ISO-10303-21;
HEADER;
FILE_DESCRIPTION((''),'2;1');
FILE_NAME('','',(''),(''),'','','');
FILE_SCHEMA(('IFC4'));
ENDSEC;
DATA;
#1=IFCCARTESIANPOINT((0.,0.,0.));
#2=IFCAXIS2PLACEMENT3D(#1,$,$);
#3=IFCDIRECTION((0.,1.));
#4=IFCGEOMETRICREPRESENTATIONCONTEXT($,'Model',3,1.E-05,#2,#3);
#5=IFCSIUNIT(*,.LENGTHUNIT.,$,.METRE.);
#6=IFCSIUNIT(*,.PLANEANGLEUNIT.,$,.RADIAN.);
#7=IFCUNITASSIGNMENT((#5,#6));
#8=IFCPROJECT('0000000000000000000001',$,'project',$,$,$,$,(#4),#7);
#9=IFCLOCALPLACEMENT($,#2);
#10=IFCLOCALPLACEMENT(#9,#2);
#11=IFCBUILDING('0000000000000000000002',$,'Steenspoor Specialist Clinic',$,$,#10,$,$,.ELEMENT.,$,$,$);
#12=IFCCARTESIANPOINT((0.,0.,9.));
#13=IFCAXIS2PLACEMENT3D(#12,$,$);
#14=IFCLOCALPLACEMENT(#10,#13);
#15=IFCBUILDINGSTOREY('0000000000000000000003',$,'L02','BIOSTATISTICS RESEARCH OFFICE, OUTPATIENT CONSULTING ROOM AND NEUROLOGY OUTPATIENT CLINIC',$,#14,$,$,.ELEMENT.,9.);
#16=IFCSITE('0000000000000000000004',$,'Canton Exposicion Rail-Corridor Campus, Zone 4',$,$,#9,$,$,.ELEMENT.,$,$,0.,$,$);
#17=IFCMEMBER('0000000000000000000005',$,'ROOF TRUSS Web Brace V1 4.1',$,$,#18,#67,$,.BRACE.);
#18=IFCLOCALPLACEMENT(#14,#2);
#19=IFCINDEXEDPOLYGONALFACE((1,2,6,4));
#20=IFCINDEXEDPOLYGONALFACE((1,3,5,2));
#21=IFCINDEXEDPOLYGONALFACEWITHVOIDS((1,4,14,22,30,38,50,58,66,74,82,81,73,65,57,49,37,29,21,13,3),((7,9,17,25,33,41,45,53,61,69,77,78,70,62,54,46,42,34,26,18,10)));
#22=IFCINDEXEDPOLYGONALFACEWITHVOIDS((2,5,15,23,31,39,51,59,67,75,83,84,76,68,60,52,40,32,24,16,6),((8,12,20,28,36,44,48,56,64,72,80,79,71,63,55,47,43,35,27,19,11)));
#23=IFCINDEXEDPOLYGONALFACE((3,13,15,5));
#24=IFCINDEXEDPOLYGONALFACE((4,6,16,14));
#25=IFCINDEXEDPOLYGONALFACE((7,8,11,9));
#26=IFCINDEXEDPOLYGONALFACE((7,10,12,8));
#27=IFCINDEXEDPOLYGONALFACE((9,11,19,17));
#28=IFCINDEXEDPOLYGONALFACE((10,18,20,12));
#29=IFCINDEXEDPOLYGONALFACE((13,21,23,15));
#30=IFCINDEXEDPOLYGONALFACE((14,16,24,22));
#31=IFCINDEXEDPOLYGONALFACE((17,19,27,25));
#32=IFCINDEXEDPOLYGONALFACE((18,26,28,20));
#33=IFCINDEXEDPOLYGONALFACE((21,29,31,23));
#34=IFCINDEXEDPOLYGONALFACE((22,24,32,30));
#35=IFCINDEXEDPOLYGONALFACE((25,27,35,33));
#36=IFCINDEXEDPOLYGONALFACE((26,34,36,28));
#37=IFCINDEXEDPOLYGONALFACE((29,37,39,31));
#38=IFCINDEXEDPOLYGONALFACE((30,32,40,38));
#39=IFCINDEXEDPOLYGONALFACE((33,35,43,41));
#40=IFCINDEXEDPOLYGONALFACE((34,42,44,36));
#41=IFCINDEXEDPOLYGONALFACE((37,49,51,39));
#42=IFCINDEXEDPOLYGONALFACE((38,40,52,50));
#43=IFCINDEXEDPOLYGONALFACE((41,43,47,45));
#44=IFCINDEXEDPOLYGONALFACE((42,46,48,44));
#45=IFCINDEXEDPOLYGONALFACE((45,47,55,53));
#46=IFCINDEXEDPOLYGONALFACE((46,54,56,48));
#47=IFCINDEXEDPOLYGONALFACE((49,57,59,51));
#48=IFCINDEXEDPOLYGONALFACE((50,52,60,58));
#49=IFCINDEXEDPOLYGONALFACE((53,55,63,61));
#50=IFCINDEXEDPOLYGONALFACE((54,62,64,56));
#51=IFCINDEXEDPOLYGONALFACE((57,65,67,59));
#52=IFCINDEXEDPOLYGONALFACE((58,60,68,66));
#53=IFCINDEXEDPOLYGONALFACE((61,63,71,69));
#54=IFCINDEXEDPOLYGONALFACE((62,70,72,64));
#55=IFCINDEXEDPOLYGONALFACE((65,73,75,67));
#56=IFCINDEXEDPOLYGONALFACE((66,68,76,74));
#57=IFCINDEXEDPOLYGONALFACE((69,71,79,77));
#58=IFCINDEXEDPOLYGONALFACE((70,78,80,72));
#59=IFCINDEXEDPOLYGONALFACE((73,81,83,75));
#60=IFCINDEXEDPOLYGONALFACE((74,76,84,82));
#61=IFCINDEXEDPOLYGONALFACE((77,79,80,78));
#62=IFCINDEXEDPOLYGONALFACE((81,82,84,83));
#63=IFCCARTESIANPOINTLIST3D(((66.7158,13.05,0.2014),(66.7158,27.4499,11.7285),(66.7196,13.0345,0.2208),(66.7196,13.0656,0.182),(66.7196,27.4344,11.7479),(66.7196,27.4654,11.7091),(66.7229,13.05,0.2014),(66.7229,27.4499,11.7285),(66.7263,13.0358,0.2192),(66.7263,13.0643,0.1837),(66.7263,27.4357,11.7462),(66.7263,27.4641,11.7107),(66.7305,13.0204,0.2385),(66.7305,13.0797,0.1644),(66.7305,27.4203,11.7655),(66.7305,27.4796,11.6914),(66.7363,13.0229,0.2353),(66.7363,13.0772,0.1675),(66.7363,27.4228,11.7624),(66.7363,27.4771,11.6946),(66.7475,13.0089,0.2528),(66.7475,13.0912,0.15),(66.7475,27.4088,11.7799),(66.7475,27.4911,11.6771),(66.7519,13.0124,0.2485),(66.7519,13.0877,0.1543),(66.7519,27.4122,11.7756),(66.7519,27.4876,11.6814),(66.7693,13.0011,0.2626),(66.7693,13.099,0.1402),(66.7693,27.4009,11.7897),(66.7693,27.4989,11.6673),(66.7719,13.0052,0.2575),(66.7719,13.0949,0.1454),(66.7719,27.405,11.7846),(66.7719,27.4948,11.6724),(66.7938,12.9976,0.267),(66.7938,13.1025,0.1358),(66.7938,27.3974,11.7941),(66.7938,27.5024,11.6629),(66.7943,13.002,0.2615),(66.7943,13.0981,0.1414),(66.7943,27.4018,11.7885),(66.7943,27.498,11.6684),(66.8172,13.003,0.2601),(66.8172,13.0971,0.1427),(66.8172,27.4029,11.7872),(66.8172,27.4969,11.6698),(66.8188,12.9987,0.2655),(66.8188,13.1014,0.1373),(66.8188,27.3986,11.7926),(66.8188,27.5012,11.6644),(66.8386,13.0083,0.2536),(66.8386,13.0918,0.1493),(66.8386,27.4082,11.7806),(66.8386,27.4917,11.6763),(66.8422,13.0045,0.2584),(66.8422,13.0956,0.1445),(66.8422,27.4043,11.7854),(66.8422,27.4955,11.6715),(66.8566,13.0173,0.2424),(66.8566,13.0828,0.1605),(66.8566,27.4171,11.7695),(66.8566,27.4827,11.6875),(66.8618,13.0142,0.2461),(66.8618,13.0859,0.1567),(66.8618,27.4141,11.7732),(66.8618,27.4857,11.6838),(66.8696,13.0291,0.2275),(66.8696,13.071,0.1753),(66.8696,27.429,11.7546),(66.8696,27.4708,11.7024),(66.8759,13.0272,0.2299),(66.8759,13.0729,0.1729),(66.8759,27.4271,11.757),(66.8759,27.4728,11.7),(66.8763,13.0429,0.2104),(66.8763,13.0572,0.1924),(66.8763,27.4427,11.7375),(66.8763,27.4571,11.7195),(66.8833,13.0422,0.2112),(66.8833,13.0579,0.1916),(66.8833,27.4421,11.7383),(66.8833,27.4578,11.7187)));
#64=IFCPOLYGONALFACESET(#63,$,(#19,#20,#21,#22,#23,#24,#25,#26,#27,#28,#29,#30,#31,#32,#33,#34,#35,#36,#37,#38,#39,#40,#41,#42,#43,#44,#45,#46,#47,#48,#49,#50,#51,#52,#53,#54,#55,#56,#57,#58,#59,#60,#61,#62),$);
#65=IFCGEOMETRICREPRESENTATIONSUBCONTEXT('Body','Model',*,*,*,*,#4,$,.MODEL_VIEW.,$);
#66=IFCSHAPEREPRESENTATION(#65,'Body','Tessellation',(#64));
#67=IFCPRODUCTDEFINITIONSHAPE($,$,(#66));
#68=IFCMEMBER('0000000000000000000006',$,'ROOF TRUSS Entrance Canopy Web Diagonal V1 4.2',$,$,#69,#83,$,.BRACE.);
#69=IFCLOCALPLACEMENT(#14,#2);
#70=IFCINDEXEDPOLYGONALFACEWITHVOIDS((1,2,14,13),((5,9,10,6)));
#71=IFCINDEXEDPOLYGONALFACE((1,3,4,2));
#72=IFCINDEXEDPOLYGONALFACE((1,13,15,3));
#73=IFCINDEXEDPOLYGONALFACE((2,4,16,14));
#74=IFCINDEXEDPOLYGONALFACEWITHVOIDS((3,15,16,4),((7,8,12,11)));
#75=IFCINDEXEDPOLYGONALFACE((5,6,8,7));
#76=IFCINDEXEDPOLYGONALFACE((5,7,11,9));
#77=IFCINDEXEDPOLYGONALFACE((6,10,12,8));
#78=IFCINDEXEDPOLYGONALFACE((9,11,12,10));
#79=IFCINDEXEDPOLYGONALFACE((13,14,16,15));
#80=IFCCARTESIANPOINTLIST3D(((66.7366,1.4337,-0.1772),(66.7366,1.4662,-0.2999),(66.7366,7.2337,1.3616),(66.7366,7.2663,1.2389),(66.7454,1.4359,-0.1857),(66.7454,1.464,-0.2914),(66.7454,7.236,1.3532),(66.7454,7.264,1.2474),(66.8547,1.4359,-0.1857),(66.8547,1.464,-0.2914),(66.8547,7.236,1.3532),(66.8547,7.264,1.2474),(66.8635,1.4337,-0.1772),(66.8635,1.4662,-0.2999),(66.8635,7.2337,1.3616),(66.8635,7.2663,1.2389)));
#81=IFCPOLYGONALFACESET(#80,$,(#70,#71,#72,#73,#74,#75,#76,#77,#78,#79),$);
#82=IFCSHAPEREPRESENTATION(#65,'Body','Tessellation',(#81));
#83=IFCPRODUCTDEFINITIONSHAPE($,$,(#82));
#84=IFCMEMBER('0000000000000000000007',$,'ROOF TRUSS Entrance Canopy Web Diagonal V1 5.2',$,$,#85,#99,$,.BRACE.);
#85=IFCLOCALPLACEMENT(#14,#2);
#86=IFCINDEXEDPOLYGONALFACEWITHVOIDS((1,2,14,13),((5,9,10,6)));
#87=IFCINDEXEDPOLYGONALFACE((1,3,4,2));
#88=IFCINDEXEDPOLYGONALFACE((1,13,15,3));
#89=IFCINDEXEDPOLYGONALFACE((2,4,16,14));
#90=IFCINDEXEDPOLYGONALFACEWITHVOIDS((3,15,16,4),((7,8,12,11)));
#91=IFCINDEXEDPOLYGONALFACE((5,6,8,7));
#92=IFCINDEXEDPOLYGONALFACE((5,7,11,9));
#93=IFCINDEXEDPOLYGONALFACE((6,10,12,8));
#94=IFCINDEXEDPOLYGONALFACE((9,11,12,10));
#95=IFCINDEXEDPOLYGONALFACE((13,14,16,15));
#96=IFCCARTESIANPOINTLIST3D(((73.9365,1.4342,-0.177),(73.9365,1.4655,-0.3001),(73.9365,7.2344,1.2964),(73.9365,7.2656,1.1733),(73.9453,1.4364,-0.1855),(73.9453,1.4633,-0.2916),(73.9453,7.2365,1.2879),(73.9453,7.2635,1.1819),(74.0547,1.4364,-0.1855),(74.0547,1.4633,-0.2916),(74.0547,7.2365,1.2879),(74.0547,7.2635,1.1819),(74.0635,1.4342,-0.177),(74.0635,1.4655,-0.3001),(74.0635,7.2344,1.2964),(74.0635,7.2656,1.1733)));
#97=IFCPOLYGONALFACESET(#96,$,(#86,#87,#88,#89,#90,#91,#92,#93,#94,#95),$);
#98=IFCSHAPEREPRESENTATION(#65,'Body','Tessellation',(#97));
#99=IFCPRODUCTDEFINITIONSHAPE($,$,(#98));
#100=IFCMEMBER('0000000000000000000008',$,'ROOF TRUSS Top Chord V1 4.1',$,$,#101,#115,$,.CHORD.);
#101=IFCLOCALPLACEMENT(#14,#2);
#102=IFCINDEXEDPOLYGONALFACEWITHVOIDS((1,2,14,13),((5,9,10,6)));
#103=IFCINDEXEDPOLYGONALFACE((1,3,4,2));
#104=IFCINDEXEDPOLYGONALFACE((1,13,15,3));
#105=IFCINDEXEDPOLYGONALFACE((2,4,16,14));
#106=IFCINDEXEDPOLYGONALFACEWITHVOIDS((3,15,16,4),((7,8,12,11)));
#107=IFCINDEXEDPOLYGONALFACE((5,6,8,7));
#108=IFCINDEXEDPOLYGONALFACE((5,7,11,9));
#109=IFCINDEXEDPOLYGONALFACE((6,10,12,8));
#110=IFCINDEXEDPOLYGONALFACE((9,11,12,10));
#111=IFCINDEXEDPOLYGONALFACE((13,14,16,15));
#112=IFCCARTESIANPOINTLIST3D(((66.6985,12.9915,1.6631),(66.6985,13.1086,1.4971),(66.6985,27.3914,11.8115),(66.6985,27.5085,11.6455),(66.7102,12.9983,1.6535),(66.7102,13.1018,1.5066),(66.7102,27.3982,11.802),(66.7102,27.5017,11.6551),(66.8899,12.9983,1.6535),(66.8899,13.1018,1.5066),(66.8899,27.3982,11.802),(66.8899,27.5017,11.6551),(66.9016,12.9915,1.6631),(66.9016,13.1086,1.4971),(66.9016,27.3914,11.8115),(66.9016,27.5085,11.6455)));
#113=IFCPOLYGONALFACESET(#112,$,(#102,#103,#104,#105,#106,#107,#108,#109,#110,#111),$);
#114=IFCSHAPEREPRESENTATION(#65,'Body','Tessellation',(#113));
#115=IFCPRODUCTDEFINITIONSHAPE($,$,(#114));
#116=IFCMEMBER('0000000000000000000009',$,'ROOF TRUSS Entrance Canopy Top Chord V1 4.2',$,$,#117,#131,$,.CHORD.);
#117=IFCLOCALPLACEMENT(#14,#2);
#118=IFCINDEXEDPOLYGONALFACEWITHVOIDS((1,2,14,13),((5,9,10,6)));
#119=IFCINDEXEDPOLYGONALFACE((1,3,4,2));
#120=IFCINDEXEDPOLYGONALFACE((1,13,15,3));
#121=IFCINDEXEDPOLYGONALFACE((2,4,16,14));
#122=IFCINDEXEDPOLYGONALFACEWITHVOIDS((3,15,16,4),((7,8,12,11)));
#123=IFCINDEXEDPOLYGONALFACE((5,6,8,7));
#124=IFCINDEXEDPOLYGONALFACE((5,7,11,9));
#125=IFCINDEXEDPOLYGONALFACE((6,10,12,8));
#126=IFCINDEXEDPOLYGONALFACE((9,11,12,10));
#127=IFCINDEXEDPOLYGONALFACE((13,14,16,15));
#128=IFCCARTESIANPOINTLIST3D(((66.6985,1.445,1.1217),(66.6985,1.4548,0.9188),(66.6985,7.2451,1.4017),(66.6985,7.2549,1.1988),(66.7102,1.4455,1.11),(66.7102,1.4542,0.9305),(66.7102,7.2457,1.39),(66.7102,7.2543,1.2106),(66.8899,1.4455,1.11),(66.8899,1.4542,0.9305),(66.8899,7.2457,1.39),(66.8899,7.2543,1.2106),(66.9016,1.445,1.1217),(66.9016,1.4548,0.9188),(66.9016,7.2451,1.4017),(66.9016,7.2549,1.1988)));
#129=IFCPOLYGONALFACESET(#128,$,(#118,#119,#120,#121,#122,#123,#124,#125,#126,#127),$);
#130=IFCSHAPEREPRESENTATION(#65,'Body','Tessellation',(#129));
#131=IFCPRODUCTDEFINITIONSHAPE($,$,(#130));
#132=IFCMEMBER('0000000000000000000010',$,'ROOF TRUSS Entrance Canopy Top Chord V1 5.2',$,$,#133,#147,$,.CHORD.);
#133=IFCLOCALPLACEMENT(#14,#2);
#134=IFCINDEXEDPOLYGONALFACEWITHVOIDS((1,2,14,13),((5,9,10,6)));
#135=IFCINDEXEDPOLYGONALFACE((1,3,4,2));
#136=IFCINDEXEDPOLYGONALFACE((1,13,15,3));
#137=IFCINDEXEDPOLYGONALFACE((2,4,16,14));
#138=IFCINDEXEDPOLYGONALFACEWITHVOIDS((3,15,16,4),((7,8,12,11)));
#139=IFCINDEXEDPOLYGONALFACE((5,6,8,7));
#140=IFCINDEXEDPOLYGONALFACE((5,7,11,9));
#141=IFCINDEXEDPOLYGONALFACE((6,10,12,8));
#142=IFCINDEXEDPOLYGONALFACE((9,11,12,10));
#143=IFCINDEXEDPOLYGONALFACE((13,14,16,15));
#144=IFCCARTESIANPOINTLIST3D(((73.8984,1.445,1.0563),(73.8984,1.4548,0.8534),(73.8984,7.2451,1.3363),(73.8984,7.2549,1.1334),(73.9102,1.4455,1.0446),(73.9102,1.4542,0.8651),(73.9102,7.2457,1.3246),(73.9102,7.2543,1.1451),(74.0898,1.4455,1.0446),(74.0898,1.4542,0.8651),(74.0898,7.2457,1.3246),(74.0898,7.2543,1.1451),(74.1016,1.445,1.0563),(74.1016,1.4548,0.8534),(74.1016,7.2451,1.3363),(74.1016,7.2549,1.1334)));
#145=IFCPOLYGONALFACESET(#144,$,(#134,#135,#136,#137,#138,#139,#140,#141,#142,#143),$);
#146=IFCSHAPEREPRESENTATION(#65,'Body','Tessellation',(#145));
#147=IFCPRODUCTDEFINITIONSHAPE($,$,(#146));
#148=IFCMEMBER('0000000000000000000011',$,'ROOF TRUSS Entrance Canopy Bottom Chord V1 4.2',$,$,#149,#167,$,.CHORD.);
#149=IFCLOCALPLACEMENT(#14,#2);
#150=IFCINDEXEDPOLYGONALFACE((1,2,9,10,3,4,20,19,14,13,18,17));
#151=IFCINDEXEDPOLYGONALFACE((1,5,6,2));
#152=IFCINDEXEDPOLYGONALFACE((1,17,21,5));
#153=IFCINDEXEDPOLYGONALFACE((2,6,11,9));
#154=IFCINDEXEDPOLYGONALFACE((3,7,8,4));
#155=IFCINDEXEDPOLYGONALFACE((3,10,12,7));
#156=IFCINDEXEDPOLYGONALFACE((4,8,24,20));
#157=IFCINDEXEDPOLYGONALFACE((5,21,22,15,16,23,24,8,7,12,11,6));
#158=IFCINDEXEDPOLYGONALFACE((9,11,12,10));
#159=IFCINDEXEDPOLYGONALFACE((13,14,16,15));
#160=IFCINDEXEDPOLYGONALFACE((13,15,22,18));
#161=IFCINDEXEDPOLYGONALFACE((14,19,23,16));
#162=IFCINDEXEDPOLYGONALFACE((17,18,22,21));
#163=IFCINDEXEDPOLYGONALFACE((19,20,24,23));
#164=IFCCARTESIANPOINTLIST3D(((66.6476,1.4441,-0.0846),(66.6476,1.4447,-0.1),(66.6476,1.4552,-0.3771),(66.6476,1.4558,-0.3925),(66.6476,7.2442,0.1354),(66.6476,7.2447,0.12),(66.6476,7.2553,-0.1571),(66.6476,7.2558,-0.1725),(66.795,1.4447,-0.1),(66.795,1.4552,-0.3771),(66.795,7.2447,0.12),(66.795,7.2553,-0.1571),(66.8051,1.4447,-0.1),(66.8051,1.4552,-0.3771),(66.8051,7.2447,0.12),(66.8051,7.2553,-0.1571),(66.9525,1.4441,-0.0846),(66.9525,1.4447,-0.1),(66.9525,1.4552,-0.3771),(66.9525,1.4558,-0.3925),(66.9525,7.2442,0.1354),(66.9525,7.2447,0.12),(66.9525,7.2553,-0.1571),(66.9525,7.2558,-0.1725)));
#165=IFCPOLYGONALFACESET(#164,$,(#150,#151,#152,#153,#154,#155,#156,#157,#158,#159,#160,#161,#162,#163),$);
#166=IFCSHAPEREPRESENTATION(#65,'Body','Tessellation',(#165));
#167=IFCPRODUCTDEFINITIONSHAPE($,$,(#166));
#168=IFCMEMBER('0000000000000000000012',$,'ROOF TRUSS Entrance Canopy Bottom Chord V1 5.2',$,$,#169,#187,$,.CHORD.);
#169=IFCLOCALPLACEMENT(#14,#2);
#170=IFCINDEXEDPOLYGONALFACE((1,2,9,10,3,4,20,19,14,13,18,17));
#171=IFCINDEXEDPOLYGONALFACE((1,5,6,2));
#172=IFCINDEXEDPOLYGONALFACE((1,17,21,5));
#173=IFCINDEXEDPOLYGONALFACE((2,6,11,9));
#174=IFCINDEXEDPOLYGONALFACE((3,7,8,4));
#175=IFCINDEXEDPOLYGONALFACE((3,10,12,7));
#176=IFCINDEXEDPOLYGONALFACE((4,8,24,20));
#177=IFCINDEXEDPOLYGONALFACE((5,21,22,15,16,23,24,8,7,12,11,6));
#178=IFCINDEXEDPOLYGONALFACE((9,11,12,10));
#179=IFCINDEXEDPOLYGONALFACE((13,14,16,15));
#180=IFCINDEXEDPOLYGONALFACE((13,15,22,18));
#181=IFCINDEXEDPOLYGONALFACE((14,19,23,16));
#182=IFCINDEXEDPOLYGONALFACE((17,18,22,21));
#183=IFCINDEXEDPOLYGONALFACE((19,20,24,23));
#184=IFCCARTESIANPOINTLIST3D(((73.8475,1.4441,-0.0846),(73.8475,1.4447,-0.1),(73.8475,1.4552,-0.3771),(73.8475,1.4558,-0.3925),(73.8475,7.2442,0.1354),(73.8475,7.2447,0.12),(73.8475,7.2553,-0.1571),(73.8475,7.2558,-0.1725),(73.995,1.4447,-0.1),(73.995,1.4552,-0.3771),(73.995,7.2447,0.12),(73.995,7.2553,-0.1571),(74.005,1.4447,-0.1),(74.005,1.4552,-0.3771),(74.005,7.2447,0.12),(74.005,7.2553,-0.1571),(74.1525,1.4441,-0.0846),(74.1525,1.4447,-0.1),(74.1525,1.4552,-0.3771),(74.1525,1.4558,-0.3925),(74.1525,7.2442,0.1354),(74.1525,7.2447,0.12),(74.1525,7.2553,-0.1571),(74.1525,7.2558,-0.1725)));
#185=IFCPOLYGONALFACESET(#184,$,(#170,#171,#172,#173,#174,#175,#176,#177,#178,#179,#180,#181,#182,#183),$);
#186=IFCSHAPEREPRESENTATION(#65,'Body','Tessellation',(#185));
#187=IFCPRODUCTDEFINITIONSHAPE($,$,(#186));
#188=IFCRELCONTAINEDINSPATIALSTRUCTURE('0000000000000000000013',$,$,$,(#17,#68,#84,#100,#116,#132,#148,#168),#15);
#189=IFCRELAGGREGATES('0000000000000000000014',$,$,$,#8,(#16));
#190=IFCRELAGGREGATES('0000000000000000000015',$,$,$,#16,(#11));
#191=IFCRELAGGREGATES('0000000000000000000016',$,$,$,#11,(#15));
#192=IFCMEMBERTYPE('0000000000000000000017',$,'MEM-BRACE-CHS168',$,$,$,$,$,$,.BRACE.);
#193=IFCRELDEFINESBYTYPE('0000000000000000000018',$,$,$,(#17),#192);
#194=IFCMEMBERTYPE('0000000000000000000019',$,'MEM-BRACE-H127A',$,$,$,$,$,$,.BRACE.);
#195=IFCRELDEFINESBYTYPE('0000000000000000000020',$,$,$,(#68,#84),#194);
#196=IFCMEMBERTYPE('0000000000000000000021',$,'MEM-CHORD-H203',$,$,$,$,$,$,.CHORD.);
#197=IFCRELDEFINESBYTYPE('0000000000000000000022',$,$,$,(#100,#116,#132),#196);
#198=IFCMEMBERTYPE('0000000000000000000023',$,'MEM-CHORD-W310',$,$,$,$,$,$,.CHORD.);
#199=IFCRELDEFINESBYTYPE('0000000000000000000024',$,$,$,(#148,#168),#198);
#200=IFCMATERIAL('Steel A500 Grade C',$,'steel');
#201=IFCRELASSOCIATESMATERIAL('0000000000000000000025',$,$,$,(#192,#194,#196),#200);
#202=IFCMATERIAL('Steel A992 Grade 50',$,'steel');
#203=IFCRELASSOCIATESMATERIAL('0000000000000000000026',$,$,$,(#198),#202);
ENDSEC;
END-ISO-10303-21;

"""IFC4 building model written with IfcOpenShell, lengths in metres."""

from ifc_helpers import new_model, si_unit, direction, frame, origin, origin_2d, place, context, subcontext, project, spatial, hollow_rectangle, hollow_circle, i_section, extrude, material, material_profile, profile_set, type_object, element, save


model = new_model("IFC4")

# Units and contexts
model_context = context("Model", 3, precision=1e-05, world=origin(), true_north=direction((0.0, 1.0)))
body_context = subcontext(model_context, "Body", "Model", "MODEL_VIEW")
ifc_project = project(units=[si_unit("LENGTHUNIT", "METRE"), si_unit("PLANEANGLEUNIT", "RADIAN")], contexts=[model_context])

# Site, building, storey
site_placement = place(None, origin())
site = spatial("IfcSite", under=ifc_project, at=site_placement, Name="Canton Exposicion Rail-Corridor Campus, Zone 4", CompositionType="ELEMENT", RefElevation=0.0)
building_placement = place(site_placement, origin())
building = spatial("IfcBuilding", under=site, at=building_placement, Name="Steenspoor Specialist Clinic", CompositionType="ELEMENT")
storey_placement = place(building_placement, frame((0.0, 0.0, 9.0)))
storey = spatial("IfcBuildingStorey", under=building, at=storey_placement, Name="L02", Description="BIOSTATISTICS RESEARCH OFFICE, OUTPATIENT CONSULTING ROOM AND NEUROLOGY OUTPATIENT CLINIC", CompositionType="ELEMENT", Elevation=9.0)

# Members
ifc_material_1 = material(Name="Steel A500 Grade C", Category="steel")
ifc_material_profile_1 = material_profile(ifc_material_1, hollow_circle(Radius=0.0842, WallThickness=0.0071, at=origin_2d()), Name="CHS168X7.1")
ifc_profile_set_1 = profile_set([ifc_material_profile_1], Name="Steel A500 Grade C")
member_type_1 = type_object("IfcMemberType", Name="MEM-BRACE-CHS168", PredefinedType="BRACE", material=ifc_profile_set_1)
member_1_placement = place(storey_placement, frame((66.8, 13.05, 0.2014), z_axis=(0.0, 0.780679, 0.624932), x_axis=(-1.0, 0.0, 0.0)))
element("IfcMember", 1, at=member_1_placement, inside=storey, type_object=member_type_1, Name="ROOF TRUSS Web Brace V1 4.1", PredefinedType="BRACE", context=body_context, shape_type="SweptSolid", body=[
    extrude(hollow_circle(Radius=0.0842, WallThickness=0.0071, at=origin_2d()), origin(), (0.0, 0.0, 1.0), 18.4453),
])
ifc_material_profile_2 = material_profile(ifc_material_1, hollow_rectangle(XDim=0.127, YDim=0.127, WallThickness=0.0088, at=origin_2d()), Name="HSS127X127X9.5")
ifc_profile_set_2 = profile_set([ifc_material_profile_2], Name="Steel A500 Grade C")
member_type_2 = type_object("IfcMemberType", Name="MEM-BRACE-H127A", PredefinedType="BRACE", material=ifc_profile_set_2)
member_2_placement = place(storey_placement, frame((66.8, 7.25, 1.3003), z_axis=(0.0, -0.96656, -0.256439), x_axis=(1.0, 0.0, 0.0)))
element("IfcMember", 2, at=member_2_placement, inside=storey, type_object=member_type_2, Name="ROOF TRUSS Entrance Canopy Web Diagonal V1 4.2", PredefinedType="BRACE", context=body_context, shape_type="SweptSolid", body=[
    extrude(hollow_rectangle(XDim=0.127, YDim=0.127, WallThickness=0.0088, at=origin_2d()), origin(), (0.0, 0.0, 1.0), 6.0007),
])
member_3_placement = place(storey_placement, frame((74.0, 7.25, 1.2349), z_axis=(0.0, -0.969216, -0.24621), x_axis=(1.0, 0.0, 0.0)))
element("IfcMember", 3, at=member_3_placement, inside=storey, type_object=member_type_2, Name="ROOF TRUSS Entrance Canopy Web Diagonal V1 5.2", PredefinedType="BRACE", context=body_context, shape_type="SweptSolid", body=[
    extrude(hollow_rectangle(XDim=0.127, YDim=0.127, WallThickness=0.0088, at=origin_2d()), origin(), (0.0, 0.0, 1.0), 5.9844),
])
ifc_material_profile_3 = material_profile(ifc_material_1, hollow_rectangle(XDim=0.2031, YDim=0.2031, WallThickness=0.0117, at=origin_2d()), Name="HSS203X203X12.7")
ifc_profile_set_3 = profile_set([ifc_material_profile_3], Name="Steel A500 Grade C")
member_type_3 = type_object("IfcMemberType", Name="MEM-CHORD-H203", PredefinedType="CHORD", material=ifc_profile_set_3)
member_4_placement = place(storey_placement, frame((66.8, 13.05, 1.5801), z_axis=(0.0, 0.817401, 0.576069), x_axis=(-1.0, 0.0, 0.0)))
element("IfcMember", 4, at=member_4_placement, inside=storey, type_object=member_type_3, Name="ROOF TRUSS Top Chord V1 4.1", PredefinedType="CHORD", context=body_context, shape_type="SweptSolid", body=[
    extrude(hollow_rectangle(XDim=0.2031, YDim=0.2031, WallThickness=0.0117, at=origin_2d()), origin(), (0.0, 0.0, 1.0), 17.6167),
])
for number, where, z_axis, x_axis, name in (
    (5, (66.8, 7.25, 1.3003), (0.0, -0.998837, -0.048224), (1.0, 0.0, 0.0), "ROOF TRUSS Entrance Canopy Top Chord V1 4.2"),
    (6, (74.0, 7.25, 1.2349), (0.0, -0.998837, -0.048224), (1.0, 0.0, 0.0), "ROOF TRUSS Entrance Canopy Top Chord V1 5.2"),
):
    element("IfcMember", number, at=place(storey_placement, frame(where, z_axis=z_axis, x_axis=x_axis)), inside=storey, type_object=member_type_3, Name=name, PredefinedType="CHORD", context=body_context, shape_type="SweptSolid", body=[
        extrude(hollow_rectangle(XDim=0.2031, YDim=0.2031, WallThickness=0.0117, at=origin_2d()), origin(), (0.0, 0.0, 1.0), 5.8069),
    ])
ifc_material_2 = material(Name="Steel A992 Grade 50", Category="steel")
ifc_material_profile_4 = material_profile(ifc_material_2, i_section(OverallWidth=0.3049, OverallDepth=0.3081, WebThickness=0.01, FlangeThickness=0.0154, at=origin_2d()), Name="W310X97")
ifc_profile_set_4 = profile_set([ifc_material_profile_4], Name="Steel A992 Grade 50")
member_type_4 = type_object("IfcMemberType", Name="MEM-CHORD-W310", PredefinedType="CHORD", material=ifc_profile_set_4)
for number, where, z_axis, x_axis, name in (
    (7, (66.8, 7.25, -0.0186), (0.0, -0.999282, -0.037898), (1.0, 0.0, 0.0), "ROOF TRUSS Entrance Canopy Bottom Chord V1 4.2"),
    (8, (74.0, 7.25, -0.0186), (0.0, -0.999282, -0.037898), (1.0, 0.0, 0.0), "ROOF TRUSS Entrance Canopy Bottom Chord V1 5.2"),
):
    element("IfcMember", number, at=place(storey_placement, frame(where, z_axis=z_axis, x_axis=x_axis)), inside=storey, type_object=member_type_4, Name=name, PredefinedType="CHORD", context=body_context, shape_type="SweptSolid", body=[
        extrude(i_section(OverallWidth=0.3049, OverallDepth=0.3081, WebThickness=0.01, FlangeThickness=0.0154, at=origin_2d()), origin(), (0.0, 0.0, 1.0), 5.8042),
    ])

save(model, "model.ifc")
